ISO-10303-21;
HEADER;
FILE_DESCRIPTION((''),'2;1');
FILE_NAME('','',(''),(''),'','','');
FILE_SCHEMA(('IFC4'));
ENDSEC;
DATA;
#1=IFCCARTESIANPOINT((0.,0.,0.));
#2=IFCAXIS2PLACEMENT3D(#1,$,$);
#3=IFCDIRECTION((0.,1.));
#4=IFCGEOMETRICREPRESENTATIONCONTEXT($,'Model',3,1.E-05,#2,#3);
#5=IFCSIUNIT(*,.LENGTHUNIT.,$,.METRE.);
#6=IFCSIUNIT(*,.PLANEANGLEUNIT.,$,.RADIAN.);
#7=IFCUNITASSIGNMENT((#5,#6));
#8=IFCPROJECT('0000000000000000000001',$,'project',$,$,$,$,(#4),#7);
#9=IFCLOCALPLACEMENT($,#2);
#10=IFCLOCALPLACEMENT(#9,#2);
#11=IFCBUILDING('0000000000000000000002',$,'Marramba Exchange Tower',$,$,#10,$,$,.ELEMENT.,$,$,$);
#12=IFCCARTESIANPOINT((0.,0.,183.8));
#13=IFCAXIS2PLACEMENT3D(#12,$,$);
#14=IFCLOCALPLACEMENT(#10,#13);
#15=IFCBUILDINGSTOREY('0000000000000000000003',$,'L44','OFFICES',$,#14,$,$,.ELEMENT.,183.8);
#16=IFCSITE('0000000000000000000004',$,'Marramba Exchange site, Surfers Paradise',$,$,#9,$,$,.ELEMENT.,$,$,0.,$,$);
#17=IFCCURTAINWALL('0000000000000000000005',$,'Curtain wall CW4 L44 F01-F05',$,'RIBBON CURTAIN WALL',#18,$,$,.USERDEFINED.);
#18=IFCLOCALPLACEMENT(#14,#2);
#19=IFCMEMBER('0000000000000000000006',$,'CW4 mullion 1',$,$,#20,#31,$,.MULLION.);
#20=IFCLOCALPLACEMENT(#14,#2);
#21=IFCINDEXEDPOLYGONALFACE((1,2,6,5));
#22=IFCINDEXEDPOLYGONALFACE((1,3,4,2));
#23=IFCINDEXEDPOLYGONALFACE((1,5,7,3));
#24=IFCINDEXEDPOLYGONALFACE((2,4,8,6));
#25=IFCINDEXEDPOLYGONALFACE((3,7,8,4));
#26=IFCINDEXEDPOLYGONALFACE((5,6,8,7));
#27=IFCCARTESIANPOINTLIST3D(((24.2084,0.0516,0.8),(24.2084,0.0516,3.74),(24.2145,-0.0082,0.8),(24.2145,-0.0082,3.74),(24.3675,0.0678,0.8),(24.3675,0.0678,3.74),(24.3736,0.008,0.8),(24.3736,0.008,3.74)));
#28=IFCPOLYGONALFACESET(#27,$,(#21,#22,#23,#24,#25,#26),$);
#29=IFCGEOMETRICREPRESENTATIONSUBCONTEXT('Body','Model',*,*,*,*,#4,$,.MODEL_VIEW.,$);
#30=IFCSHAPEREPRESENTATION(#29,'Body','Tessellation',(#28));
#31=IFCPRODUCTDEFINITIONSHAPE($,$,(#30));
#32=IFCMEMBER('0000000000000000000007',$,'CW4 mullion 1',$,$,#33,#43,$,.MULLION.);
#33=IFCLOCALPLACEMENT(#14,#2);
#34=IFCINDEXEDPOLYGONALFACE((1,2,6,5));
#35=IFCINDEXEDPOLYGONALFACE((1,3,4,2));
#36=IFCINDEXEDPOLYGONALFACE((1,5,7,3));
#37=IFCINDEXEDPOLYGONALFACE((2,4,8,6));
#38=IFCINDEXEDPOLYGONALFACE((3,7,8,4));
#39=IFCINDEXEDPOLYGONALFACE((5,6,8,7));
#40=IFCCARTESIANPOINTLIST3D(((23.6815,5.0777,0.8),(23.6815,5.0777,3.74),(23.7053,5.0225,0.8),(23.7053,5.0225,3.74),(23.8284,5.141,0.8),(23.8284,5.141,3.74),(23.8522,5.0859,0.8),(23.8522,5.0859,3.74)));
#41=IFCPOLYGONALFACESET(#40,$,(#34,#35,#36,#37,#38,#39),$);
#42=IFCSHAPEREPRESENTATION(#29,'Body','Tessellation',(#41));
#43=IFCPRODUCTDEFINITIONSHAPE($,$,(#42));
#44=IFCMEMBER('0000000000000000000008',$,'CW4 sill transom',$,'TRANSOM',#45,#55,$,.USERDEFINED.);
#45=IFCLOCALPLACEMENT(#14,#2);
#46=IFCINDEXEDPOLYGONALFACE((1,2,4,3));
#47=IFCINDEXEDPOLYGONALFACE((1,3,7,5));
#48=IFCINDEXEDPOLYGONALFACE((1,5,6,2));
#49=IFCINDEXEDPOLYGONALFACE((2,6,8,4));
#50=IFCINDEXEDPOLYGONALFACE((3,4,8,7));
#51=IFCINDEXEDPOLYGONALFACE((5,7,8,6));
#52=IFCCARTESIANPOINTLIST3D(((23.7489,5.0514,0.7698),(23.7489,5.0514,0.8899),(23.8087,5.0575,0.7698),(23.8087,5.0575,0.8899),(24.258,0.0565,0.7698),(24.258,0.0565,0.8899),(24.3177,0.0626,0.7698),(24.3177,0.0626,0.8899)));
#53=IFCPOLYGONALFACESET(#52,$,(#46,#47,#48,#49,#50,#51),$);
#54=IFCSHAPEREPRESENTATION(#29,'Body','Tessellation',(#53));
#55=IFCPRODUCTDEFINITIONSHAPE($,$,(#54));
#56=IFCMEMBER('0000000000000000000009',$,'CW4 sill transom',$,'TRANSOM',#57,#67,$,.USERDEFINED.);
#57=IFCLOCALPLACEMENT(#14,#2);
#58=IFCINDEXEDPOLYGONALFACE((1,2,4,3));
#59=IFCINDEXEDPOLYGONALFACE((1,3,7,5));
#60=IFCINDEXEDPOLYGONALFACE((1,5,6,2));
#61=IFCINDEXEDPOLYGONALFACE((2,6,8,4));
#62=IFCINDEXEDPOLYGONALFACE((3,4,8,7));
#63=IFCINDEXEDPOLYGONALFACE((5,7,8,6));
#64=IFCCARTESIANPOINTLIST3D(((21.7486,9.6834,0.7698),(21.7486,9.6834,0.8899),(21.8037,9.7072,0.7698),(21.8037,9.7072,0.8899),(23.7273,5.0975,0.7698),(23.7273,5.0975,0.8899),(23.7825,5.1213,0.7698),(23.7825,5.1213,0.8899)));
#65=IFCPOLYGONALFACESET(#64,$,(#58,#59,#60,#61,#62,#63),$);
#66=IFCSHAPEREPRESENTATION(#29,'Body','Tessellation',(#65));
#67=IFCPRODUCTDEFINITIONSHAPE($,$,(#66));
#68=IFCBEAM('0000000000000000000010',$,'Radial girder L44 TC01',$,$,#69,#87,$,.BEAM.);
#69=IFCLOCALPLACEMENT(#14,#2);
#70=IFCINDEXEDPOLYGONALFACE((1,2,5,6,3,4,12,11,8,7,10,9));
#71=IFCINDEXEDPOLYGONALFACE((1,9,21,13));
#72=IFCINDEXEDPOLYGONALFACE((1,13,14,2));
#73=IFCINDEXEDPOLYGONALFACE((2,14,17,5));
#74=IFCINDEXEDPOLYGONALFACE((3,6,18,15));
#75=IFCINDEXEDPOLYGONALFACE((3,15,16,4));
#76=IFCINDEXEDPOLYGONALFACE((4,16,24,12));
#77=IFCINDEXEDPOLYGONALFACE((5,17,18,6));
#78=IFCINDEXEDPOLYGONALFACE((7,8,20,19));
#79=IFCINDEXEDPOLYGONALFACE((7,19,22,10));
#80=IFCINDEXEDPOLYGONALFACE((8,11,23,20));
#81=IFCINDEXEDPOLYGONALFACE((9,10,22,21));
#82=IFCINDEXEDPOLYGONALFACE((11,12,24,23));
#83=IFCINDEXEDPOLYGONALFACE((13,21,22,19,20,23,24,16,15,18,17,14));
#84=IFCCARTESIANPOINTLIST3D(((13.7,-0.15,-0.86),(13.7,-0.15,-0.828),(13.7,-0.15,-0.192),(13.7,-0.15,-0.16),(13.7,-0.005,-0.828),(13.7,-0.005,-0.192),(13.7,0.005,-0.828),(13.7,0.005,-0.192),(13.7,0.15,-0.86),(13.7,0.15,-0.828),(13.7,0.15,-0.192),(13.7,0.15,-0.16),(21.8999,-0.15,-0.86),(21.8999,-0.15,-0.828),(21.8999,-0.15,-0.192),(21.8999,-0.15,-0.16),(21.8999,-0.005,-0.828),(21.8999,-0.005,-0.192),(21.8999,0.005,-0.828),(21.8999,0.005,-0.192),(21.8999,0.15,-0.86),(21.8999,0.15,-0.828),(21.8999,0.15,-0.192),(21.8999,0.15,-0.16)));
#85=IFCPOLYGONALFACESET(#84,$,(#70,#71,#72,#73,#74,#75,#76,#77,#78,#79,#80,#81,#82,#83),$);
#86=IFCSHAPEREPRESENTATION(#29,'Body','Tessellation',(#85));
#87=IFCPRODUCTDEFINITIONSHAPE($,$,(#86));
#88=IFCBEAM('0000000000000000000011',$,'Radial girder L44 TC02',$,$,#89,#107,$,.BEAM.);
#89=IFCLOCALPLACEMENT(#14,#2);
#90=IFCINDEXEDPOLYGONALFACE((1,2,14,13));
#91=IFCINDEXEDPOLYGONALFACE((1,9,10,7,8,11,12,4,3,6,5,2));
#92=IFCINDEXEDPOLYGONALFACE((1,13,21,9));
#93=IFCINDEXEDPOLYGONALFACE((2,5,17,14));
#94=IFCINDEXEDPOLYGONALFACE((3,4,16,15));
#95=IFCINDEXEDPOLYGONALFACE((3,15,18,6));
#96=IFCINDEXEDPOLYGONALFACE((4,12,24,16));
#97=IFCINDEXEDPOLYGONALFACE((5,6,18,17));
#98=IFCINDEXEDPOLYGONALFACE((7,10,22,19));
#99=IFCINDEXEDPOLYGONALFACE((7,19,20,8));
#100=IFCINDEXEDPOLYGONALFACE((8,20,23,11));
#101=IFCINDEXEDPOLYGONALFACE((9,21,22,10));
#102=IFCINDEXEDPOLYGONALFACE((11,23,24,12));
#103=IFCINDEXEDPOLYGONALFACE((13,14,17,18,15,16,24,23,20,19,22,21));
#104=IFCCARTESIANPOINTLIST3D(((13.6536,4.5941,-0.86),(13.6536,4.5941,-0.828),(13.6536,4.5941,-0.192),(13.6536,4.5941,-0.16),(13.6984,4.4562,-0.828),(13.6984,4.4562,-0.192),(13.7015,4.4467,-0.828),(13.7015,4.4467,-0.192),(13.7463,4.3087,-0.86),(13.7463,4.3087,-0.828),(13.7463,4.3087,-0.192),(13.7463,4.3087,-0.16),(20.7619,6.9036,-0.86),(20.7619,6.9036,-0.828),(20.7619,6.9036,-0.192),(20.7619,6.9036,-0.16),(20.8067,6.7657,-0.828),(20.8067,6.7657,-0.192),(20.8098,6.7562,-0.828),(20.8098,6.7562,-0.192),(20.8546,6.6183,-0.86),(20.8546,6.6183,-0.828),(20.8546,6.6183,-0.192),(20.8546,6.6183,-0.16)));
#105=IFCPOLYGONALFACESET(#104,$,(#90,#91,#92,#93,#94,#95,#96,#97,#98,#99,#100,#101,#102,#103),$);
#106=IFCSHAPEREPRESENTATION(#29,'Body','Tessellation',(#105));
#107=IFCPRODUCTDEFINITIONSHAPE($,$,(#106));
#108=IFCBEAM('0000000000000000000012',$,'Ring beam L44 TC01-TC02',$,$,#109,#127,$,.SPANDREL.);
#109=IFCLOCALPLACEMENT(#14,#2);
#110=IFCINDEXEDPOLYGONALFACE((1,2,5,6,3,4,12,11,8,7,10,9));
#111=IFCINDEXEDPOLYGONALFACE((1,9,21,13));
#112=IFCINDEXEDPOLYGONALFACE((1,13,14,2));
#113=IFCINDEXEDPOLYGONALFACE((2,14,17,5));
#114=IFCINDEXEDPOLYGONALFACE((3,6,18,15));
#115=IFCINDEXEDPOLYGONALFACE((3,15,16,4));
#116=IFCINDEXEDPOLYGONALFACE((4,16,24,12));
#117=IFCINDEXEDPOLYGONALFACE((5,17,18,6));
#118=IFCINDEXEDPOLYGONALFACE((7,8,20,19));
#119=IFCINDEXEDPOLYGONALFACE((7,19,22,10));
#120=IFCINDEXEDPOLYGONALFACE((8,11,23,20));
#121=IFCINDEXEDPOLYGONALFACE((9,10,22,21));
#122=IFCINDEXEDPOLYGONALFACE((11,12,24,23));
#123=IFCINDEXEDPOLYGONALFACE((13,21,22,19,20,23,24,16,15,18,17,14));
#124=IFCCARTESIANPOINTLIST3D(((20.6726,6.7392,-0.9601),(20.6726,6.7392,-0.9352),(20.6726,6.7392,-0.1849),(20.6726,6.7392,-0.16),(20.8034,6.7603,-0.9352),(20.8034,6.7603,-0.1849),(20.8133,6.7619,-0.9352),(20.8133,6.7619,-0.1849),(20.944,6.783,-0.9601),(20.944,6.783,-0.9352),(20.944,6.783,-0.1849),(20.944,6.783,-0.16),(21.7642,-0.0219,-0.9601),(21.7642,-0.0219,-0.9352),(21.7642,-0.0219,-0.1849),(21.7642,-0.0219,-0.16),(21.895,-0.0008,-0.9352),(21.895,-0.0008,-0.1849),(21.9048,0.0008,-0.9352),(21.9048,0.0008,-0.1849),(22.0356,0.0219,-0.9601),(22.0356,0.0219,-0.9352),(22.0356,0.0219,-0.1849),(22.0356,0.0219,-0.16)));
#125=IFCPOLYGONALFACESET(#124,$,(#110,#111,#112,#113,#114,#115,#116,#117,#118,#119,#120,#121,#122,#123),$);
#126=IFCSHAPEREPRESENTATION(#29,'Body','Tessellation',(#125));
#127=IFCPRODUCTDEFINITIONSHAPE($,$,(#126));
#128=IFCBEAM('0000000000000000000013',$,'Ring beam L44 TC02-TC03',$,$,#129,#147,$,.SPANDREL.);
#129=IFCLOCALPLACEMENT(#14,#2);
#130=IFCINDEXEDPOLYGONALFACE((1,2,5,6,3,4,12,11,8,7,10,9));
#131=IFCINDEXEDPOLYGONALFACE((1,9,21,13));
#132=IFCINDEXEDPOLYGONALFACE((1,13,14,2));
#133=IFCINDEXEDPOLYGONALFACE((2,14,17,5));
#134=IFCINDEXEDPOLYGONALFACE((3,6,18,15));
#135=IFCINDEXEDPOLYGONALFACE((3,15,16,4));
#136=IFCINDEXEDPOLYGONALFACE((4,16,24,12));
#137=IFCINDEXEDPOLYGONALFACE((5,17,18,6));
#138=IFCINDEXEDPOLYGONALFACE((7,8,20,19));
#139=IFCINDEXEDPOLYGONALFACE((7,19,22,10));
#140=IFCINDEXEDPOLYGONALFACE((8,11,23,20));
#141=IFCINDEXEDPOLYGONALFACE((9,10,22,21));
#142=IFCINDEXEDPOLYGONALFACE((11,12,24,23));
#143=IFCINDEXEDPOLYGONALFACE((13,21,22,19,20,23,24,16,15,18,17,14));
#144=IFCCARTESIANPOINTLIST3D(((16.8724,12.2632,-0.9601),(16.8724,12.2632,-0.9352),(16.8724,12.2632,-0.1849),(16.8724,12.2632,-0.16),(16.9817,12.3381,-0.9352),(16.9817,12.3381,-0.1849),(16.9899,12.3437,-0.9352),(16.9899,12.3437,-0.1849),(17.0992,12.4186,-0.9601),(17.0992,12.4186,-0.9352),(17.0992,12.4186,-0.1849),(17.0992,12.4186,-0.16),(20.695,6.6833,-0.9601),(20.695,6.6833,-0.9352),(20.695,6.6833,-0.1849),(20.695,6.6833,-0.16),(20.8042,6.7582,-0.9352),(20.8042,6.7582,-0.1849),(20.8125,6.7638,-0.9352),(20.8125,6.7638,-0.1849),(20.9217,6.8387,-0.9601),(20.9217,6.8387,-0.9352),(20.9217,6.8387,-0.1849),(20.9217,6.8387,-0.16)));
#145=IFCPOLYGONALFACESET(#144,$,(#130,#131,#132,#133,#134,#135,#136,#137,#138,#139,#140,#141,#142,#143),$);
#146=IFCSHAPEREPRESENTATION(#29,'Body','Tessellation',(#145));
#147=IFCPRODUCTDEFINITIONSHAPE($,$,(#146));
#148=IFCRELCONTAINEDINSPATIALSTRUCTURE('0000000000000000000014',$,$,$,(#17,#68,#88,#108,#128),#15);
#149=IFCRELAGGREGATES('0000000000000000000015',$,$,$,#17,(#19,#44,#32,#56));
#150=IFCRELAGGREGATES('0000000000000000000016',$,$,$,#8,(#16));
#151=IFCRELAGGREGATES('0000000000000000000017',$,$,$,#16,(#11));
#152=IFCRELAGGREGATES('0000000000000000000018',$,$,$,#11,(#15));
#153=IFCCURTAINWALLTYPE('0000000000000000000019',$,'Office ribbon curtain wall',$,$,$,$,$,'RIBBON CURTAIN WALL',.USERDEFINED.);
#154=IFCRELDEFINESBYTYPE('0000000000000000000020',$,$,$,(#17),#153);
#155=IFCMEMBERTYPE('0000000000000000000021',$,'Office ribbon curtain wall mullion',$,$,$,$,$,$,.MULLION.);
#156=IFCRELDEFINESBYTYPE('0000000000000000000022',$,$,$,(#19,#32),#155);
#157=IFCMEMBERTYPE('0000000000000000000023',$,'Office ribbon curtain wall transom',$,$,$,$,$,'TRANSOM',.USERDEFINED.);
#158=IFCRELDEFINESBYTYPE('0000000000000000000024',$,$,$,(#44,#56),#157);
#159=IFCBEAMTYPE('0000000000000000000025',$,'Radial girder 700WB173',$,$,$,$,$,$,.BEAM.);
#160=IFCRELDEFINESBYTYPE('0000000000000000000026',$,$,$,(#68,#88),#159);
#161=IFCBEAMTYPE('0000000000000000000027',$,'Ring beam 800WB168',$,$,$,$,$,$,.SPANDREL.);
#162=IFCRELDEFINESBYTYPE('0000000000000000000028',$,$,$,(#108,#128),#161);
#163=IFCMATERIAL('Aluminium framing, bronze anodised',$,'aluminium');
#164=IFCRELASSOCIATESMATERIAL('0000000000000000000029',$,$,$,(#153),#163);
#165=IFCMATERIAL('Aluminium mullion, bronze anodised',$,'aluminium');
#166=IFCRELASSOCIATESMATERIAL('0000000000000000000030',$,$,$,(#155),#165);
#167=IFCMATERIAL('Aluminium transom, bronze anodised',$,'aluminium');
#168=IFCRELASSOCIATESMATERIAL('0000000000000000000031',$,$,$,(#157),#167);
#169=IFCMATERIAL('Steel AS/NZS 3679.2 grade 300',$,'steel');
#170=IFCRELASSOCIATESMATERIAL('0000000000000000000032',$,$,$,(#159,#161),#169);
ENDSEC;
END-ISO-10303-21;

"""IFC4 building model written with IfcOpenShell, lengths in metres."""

from ifc_helpers import new_model, si_unit, direction, frame, origin, origin_2d, place, context, subcontext, project, spatial, rectangle, i_section, extrude, material, material_profile, profile_set, type_object, element, aggregate, save


model = new_model("IFC4")

# Units and contexts
model_context = context("Model", 3, precision=1e-05, world=origin(), true_north=direction((0.0, 1.0)))
body_context = subcontext(model_context, "Body", "Model", "MODEL_VIEW")
ifc_project = project(units=[si_unit("LENGTHUNIT", "METRE"), si_unit("PLANEANGLEUNIT", "RADIAN")], contexts=[model_context])

# Site, building, storey
site_placement = place(None, origin())
site = spatial("IfcSite", under=ifc_project, at=site_placement, Name="Marramba Exchange site, Surfers Paradise", CompositionType="ELEMENT", RefElevation=0.0)
building_placement = place(site_placement, origin())
building = spatial("IfcBuilding", under=site, at=building_placement, Name="Marramba Exchange Tower", CompositionType="ELEMENT")
storey_placement = place(building_placement, frame((0.0, 0.0, 183.8)))
storey = spatial("IfcBuildingStorey", under=building, at=storey_placement, Name="L44", Description="OFFICES", CompositionType="ELEMENT", Elevation=183.8)

# Shared definitions
ifc_material_1 = material(Name="Steel AS/NZS 3679.2 grade 300", Category="steel")

# Curtain wall, members
ifc_material_2 = material(Name="Aluminium framing, bronze anodised", Category="aluminium")
curtain_wall_type = type_object("IfcCurtainWallType", Name="Office ribbon curtain wall", ElementType="RIBBON CURTAIN WALL", PredefinedType="USERDEFINED", material=ifc_material_2)
curtain_wall_placement = place(storey_placement, origin())
curtain_wall = element("IfcCurtainWall", 1, at=curtain_wall_placement, inside=storey, type_object=curtain_wall_type, Name="Curtain wall CW4 L44 F01-F05", ObjectType="RIBBON CURTAIN WALL", PredefinedType="USERDEFINED")
ifc_material_3 = material(Name="Aluminium mullion, bronze anodised", Category="aluminium")
ifc_material_profile_1 = material_profile(ifc_material_3, rectangle(XDim=0.1599, YDim=0.0601, at=origin_2d()), Name="CW4 mullion 60x160")
ifc_profile_set_1 = profile_set([ifc_material_profile_1], Name="Aluminium mullion, bronze anodised")
member_type_1 = type_object("IfcMemberType", Name="Office ribbon curtain wall mullion", PredefinedType="MULLION", material=ifc_profile_set_1)
member_1_placement = place(storey_placement, frame((24.291, 0.0298, 0.8), z_axis=(0.0, 0.0, 1.0), x_axis=(-0.994843, -0.101422, 0.0)))
member_1 = element("IfcMember", 2, at=member_1_placement, type_object=member_type_1, Name="CW4 mullion 1", PredefinedType="MULLION", context=body_context, shape_type="SweptSolid", body=[
    extrude(rectangle(XDim=0.1599, YDim=0.0601, at=origin_2d()), origin(), (0.0, 0.0, 1.0), 2.9399),
])
member_2_placement = place(storey_placement, frame((23.7668, 5.0818, 0.8), z_axis=(0.0, 0.0, 1.0), x_axis=(-0.918167, -0.396193, 0.0)))
member_2 = element("IfcMember", 3, at=member_2_placement, type_object=member_type_1, Name="CW4 mullion 1", PredefinedType="MULLION", context=body_context, shape_type="SweptSolid", body=[
    extrude(rectangle(XDim=0.1599, YDim=0.0601, at=origin_2d()), origin(), (0.0, 0.0, 1.0), 2.9399),
])
ifc_material_4 = material(Name="Aluminium transom, bronze anodised", Category="aluminium")
ifc_material_profile_2 = material_profile(ifc_material_4, rectangle(XDim=0.0601, YDim=0.1201, at=origin_2d()), Name="CW4 transom 60x120")
ifc_profile_set_2 = profile_set([ifc_material_profile_2], Name="Aluminium transom, bronze anodised")
member_type_2 = type_object("IfcMemberType", Name="Office ribbon curtain wall transom", ElementType="TRANSOM", PredefinedType="USERDEFINED", material=ifc_profile_set_2)
member_3_placement = place(storey_placement, frame((24.2878, 0.0596, 0.8298), z_axis=(-0.101386, 0.994847, 0.0), x_axis=(-0.994847, -0.101386, 0.0)))
member_3 = element("IfcMember", 4, at=member_3_placement, type_object=member_type_2, Name="CW4 sill transom", ObjectType="TRANSOM", PredefinedType="USERDEFINED", context=body_context, shape_type="SweptSolid", body=[
    extrude(rectangle(XDim=0.0601, YDim=0.1201, at=origin_2d()), origin(), (0.0, 0.0, 1.0), 5.0208),
])
member_4_placement = place(storey_placement, frame((23.7549, 5.1094, 0.8298), z_axis=(-0.396178, 0.918174, 0.0), x_axis=(-0.918174, -0.396178, 0.0)))
member_4 = element("IfcMember", 5, at=member_4_placement, type_object=member_type_2, Name="CW4 sill transom", ObjectType="TRANSOM", PredefinedType="USERDEFINED", context=body_context, shape_type="SweptSolid", body=[
    extrude(rectangle(XDim=0.0601, YDim=0.1201, at=origin_2d()), origin(), (0.0, 0.0, 1.0), 4.9946),
])

# Beams
ifc_material_profile_3 = material_profile(ifc_material_1, i_section(OverallWidth=0.3, OverallDepth=0.7, WebThickness=0.01, FlangeThickness=0.032, at=origin_2d()), Name="700WB173")
ifc_profile_set_3 = profile_set([ifc_material_profile_3], Name="Steel AS/NZS 3679.2 grade 300")
beam_type_1 = type_object("IfcBeamType", Name="Radial girder 700WB173", PredefinedType="BEAM", material=ifc_profile_set_3)
beam_1_placement = place(storey_placement, frame((13.7, 0.0, -0.51), z_axis=(1.0, 0.0, 0.0), x_axis=(0.0, 1.0, 0.0)))
element("IfcBeam", 6, at=beam_1_placement, inside=storey, type_object=beam_type_1, Name="Radial girder L44 TC01", PredefinedType="BEAM", context=body_context, shape_type="SweptSolid", body=[
    extrude(i_section(OverallWidth=0.3, OverallDepth=0.7, WebThickness=0.01, FlangeThickness=0.032, at=origin_2d()), origin(), (0.0, 0.0, 1.0), 8.2),
])
beam_2_placement = place(storey_placement, frame((13.7, 4.4514, -0.51), z_axis=(0.95106, 0.309006, 0.0), x_axis=(-0.309006, 0.95106, 0.0)))
element("IfcBeam", 7, at=beam_2_placement, inside=storey, type_object=beam_type_1, Name="Radial girder L44 TC02", PredefinedType="BEAM", context=body_context, shape_type="SweptSolid", body=[
    extrude(i_section(OverallWidth=0.3, OverallDepth=0.7, WebThickness=0.01, FlangeThickness=0.032, at=origin_2d()), origin(), (0.0, 0.0, 1.0), 7.4741),
])
ifc_material_profile_4 = material_profile(ifc_material_1, i_section(OverallWidth=0.2749, OverallDepth=0.8, WebThickness=0.01, FlangeThickness=0.0249, at=origin_2d()), Name="800WB168")
ifc_profile_set_4 = profile_set([ifc_material_profile_4], Name="Steel AS/NZS 3679.2 grade 300")
beam_type_2 = type_object("IfcBeamType", Name="Ring beam 800WB168", PredefinedType="SPANDREL", material=ifc_profile_set_4)
beam_3_placement = place(storey_placement, frame((21.8999, 0.0, -0.5601), z_axis=(-0.159385, 0.987217, 0.0), x_axis=(-0.987217, -0.159385, 0.0)))
element("IfcBeam", 8, at=beam_3_placement, inside=storey, type_object=beam_type_2, Name="Ring beam L44 TC01-TC02", PredefinedType="SPANDREL", context=body_context, shape_type="SweptSolid", body=[
    extrude(i_section(OverallWidth=0.2749, OverallDepth=0.8, WebThickness=0.01, FlangeThickness=0.0249, at=origin_2d()), origin(), (0.0, 0.0, 1.0), 6.8486),
])
beam_4_placement = place(storey_placement, frame((20.8083, 6.761, -0.5601), z_axis=(-0.56516, 0.824981, 0.0), x_axis=(-0.824981, -0.56516, 0.0)))
element("IfcBeam", 9, at=beam_4_placement, inside=storey, type_object=beam_type_2, Name="Ring beam L44 TC02-TC03", PredefinedType="SPANDREL", context=body_context, shape_type="SweptSolid", body=[
    extrude(i_section(OverallWidth=0.2749, OverallDepth=0.8, WebThickness=0.01, FlangeThickness=0.0249, at=origin_2d()), origin(), (0.0, 0.0, 1.0), 6.7637),
])

aggregate(curtain_wall, [member_1, member_3, member_2, member_4])

save(model, "model.ifc")
